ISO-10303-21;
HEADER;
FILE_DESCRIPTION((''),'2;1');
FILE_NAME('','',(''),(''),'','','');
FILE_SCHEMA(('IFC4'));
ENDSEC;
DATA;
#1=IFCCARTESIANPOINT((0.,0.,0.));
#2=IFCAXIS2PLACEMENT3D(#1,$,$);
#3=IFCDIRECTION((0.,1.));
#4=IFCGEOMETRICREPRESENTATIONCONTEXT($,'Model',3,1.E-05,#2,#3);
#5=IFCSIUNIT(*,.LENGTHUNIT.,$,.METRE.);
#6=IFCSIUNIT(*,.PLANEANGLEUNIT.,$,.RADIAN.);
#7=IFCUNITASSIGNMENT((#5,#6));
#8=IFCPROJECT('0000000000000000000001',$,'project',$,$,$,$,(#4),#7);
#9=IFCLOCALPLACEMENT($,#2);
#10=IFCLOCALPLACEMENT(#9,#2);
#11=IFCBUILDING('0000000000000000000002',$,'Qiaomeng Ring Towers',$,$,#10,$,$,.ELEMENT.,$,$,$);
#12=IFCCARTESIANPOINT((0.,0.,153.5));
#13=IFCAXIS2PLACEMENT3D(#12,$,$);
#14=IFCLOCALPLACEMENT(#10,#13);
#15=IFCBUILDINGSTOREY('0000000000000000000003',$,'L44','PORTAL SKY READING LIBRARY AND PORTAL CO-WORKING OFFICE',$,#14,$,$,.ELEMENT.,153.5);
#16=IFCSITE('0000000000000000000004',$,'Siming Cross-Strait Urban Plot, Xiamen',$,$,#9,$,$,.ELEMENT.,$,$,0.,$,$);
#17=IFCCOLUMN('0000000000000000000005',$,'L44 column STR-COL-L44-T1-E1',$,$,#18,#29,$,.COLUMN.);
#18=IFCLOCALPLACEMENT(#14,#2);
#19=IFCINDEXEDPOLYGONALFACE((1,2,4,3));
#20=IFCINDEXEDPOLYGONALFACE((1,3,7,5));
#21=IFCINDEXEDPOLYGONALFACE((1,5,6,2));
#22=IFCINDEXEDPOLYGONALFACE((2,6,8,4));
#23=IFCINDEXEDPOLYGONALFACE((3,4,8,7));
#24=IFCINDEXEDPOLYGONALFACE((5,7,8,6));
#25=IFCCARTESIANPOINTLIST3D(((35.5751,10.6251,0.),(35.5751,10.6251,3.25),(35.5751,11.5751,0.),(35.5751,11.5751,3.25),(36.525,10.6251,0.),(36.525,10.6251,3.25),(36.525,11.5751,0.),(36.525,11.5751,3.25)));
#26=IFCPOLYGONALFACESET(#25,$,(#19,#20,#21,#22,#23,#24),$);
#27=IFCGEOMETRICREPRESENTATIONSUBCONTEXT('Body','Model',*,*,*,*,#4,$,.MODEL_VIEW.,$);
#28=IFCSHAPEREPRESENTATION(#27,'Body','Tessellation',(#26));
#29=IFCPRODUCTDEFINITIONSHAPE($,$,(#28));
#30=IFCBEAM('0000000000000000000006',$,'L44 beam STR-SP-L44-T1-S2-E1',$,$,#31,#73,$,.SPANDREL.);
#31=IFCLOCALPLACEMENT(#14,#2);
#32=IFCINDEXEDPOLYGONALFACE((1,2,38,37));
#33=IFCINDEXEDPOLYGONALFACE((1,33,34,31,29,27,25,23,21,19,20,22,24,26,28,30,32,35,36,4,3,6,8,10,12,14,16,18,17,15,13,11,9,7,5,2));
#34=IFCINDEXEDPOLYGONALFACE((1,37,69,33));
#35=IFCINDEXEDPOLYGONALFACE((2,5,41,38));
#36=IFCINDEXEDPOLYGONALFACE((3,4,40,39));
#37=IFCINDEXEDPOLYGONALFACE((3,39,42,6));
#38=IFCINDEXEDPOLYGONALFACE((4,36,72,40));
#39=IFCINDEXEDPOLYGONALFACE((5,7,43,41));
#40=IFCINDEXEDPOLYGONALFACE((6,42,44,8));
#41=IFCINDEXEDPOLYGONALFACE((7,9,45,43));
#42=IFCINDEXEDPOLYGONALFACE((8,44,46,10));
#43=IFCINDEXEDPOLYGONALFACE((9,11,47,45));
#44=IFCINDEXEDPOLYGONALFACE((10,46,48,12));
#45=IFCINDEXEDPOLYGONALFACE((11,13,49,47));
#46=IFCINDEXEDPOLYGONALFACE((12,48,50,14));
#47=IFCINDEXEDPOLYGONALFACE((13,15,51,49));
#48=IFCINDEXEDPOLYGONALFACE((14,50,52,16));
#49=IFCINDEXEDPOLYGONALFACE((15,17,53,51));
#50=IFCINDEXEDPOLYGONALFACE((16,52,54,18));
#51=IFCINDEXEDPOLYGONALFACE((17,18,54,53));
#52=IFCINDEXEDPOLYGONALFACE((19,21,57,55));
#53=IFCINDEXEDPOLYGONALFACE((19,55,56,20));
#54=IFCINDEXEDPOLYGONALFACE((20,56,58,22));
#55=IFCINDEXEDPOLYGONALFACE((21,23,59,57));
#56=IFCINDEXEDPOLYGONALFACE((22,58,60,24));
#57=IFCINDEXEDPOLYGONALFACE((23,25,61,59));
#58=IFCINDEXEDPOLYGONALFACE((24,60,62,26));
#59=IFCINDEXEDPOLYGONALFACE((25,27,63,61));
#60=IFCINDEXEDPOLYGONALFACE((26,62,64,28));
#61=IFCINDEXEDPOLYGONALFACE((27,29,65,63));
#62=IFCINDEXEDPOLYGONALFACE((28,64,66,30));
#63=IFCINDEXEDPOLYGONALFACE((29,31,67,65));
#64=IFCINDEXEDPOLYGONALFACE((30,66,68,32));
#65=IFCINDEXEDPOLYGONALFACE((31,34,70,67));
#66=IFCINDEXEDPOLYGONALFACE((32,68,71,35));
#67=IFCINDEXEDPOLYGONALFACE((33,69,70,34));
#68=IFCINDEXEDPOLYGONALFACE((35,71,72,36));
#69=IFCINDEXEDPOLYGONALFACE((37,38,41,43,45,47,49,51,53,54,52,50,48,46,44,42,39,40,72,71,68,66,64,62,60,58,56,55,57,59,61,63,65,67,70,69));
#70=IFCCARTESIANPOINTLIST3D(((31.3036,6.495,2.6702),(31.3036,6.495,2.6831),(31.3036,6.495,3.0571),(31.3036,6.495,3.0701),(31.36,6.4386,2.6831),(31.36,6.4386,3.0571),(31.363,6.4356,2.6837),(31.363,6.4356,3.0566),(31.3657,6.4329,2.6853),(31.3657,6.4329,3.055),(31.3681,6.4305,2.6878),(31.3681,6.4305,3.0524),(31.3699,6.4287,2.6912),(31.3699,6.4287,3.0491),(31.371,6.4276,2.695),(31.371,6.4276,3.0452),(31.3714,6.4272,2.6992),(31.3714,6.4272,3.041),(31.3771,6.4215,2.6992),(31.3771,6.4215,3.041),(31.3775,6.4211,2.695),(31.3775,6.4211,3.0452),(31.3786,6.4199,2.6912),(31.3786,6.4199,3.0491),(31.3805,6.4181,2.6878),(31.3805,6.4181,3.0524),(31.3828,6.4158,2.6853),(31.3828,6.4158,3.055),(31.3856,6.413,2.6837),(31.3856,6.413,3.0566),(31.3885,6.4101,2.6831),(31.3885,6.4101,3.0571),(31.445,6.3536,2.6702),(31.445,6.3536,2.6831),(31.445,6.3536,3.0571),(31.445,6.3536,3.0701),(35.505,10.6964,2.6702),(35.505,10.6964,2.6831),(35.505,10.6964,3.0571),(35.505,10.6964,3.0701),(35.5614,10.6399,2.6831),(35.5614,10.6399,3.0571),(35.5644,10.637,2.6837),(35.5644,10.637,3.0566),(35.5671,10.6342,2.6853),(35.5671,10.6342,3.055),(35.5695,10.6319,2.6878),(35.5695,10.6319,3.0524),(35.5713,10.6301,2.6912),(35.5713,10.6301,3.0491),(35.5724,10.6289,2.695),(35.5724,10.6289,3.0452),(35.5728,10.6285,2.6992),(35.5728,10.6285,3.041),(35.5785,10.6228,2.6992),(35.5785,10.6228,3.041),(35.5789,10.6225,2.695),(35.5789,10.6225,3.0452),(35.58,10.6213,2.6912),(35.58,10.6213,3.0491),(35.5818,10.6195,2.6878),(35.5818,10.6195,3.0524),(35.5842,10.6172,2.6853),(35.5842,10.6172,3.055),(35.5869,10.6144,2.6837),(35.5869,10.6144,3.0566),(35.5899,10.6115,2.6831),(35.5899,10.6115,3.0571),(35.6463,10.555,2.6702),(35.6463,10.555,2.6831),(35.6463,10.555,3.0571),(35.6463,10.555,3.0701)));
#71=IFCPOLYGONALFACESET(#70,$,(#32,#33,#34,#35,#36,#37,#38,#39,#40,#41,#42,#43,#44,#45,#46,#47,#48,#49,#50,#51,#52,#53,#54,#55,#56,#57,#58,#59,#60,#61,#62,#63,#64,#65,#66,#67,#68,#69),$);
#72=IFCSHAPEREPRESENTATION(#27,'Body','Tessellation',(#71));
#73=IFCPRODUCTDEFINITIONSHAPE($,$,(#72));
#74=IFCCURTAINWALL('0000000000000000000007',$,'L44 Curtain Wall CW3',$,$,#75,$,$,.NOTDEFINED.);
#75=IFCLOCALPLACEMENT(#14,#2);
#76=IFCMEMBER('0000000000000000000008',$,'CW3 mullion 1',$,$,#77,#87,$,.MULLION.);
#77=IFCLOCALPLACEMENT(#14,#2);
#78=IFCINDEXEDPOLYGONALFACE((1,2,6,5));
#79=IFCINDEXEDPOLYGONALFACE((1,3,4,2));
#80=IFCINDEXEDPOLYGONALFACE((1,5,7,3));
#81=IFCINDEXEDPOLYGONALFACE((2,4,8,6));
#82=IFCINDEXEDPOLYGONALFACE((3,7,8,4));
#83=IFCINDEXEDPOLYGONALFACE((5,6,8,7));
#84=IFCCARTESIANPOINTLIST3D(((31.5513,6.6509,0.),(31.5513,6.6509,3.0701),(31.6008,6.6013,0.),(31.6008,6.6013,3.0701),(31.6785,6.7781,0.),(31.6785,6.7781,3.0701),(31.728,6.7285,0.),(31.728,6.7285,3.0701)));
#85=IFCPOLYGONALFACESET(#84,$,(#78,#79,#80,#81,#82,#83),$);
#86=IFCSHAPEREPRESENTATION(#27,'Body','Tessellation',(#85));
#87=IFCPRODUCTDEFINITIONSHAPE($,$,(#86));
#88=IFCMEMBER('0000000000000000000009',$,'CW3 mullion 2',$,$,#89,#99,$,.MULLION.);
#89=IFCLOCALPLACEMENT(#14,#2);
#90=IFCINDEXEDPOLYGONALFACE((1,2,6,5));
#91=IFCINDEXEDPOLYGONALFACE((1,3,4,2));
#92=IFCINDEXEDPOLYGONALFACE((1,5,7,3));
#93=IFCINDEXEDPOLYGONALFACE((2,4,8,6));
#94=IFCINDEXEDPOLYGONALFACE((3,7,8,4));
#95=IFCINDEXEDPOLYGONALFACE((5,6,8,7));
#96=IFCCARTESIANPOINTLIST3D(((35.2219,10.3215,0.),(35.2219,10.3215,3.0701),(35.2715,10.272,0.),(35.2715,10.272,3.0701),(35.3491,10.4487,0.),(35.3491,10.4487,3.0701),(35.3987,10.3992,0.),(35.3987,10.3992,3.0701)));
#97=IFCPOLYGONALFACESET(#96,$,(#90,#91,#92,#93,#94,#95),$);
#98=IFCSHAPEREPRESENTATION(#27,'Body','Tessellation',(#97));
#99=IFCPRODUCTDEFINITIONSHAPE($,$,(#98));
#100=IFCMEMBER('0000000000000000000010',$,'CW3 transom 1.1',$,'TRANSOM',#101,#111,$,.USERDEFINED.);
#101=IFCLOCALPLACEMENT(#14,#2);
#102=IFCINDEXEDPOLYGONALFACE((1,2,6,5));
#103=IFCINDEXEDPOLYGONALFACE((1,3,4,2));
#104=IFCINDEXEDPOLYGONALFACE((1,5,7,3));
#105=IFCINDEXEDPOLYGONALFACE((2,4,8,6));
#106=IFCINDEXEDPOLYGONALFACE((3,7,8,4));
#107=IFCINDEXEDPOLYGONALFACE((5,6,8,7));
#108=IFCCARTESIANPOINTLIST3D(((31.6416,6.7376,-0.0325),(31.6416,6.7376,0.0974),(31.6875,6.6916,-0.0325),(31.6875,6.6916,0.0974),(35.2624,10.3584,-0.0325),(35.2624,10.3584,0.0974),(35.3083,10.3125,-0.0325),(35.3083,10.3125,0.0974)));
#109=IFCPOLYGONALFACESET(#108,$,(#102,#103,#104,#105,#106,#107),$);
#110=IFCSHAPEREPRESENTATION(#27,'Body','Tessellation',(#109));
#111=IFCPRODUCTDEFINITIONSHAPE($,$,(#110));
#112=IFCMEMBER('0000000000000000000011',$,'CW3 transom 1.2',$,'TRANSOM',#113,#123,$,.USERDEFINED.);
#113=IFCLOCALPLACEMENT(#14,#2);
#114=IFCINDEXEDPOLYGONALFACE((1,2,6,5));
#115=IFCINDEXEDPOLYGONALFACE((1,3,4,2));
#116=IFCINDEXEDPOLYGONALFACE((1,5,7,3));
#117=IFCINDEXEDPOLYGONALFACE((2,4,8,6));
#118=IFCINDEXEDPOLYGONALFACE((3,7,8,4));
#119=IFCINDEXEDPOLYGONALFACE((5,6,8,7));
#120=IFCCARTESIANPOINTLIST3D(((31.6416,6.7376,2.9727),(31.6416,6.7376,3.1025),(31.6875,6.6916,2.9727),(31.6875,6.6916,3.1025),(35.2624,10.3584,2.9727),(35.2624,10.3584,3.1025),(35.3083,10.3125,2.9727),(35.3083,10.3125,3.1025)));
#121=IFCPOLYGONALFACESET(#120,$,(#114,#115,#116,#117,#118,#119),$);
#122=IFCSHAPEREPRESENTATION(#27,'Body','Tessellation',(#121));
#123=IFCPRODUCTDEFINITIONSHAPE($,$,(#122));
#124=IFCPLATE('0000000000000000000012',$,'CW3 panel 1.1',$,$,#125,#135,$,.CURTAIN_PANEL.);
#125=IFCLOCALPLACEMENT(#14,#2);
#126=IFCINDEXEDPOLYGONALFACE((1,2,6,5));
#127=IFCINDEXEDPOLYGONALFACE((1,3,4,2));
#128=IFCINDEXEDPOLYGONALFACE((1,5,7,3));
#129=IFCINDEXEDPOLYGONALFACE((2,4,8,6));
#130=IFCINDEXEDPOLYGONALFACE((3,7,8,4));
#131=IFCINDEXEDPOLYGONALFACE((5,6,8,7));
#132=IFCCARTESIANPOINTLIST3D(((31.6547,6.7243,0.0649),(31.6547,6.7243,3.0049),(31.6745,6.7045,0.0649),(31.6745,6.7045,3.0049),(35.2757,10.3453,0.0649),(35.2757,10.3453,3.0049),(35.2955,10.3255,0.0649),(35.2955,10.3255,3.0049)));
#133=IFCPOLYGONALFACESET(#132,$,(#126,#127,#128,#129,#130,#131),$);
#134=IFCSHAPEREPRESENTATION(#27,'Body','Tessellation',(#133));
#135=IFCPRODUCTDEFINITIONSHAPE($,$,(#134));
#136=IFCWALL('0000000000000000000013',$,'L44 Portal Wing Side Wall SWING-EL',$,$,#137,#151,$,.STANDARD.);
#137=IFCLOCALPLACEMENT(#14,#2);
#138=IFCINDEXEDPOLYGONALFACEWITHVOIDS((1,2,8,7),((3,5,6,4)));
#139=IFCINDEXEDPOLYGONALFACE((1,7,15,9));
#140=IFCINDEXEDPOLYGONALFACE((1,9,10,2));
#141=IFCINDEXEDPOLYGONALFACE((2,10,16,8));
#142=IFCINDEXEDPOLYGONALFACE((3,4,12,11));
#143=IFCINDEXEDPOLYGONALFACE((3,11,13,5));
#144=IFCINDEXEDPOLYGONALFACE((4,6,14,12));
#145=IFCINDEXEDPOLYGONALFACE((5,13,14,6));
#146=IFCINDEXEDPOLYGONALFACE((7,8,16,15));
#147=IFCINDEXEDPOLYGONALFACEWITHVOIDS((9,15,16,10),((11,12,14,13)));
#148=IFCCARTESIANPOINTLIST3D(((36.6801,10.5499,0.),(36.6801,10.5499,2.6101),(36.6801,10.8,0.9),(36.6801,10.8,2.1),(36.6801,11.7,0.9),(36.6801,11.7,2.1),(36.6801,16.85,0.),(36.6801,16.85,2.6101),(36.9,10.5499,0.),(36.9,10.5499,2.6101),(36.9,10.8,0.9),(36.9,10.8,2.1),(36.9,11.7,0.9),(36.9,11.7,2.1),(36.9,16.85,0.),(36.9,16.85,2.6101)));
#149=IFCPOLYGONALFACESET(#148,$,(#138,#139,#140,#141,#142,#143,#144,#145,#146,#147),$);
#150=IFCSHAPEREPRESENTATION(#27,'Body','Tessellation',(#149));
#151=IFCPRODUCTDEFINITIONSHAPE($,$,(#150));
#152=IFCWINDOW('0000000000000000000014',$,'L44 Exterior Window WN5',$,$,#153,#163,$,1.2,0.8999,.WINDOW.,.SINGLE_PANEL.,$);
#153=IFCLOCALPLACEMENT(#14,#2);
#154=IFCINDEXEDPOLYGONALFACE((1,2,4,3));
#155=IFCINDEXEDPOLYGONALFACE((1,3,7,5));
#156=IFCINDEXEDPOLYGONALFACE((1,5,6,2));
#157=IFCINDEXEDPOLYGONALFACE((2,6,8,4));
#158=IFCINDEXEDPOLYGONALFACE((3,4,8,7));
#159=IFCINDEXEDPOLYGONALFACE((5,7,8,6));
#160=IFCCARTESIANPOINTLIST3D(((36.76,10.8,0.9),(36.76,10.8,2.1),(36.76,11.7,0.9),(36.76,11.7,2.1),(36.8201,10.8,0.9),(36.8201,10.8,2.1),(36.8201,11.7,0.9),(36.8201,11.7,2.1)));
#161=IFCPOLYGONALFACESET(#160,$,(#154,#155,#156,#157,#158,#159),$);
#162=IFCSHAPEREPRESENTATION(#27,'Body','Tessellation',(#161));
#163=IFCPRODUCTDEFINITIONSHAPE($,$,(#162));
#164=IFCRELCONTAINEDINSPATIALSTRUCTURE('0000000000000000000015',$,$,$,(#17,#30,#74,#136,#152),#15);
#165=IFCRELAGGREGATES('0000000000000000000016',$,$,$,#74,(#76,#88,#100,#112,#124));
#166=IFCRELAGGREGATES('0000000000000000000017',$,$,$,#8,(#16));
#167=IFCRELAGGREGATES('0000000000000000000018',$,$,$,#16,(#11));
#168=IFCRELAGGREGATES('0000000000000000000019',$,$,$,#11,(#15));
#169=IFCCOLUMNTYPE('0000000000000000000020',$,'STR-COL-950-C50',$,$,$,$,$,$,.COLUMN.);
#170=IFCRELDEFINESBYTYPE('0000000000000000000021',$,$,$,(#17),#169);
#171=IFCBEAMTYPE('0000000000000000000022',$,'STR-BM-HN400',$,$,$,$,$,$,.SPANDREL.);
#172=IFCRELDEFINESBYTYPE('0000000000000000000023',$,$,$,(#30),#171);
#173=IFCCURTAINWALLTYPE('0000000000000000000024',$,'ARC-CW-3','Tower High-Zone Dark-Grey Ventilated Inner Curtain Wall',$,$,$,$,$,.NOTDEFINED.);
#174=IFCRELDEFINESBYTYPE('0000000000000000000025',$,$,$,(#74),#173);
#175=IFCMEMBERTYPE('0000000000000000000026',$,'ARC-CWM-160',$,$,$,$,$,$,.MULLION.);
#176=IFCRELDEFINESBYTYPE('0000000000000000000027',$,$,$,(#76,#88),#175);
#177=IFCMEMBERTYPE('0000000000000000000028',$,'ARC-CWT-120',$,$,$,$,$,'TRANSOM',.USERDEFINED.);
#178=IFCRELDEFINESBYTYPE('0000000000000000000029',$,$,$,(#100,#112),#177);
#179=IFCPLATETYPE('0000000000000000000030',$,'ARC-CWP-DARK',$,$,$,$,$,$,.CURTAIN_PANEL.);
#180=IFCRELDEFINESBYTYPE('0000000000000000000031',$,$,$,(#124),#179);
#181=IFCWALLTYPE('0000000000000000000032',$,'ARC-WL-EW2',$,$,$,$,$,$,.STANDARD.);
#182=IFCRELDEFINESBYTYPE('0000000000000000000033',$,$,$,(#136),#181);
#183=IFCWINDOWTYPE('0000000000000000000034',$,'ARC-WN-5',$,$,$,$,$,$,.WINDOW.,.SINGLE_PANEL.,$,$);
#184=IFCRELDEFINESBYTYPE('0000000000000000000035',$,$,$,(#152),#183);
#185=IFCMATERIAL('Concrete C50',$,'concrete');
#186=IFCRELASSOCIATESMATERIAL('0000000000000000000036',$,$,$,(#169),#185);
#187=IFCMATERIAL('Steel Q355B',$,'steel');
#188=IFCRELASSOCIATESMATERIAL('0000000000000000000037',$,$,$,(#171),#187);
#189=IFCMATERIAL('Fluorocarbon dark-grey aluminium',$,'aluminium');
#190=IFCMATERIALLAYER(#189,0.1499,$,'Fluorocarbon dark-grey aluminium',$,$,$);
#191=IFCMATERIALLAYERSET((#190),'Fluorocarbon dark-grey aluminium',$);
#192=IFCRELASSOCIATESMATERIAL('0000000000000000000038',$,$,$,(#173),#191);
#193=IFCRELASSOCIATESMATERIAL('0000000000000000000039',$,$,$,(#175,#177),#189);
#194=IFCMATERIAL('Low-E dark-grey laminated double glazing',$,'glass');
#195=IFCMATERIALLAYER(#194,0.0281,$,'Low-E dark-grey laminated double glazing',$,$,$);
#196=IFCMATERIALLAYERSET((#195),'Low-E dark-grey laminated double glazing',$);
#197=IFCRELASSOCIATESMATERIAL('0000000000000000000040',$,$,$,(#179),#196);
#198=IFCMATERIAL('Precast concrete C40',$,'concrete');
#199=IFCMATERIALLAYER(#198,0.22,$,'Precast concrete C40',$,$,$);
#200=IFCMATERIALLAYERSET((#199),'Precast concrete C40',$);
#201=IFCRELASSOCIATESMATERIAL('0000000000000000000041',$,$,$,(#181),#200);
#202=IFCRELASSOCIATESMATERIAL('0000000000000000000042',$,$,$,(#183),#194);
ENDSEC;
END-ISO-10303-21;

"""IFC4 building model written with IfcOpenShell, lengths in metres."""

from ifc_helpers import new_model, si_unit, direction, frame, frame_2d, origin, origin_2d, place, context, subcontext, project, spatial, rectangle, i_section, extrude, source, transform, mapped, material, layer, layer_set, material_profile, profile_set, type_object, element, fill, aggregate, save


model = new_model("IFC4")

# Units and contexts
model_context = context("Model", 3, precision=1e-05, world=origin(), true_north=direction((0.0, 1.0)))
body_context = subcontext(model_context, "Body", "Model", "MODEL_VIEW")
ifc_project = project(units=[si_unit("LENGTHUNIT", "METRE"), si_unit("PLANEANGLEUNIT", "RADIAN")], contexts=[model_context])

# Site, building, storey
site_placement = place(None, origin())
site = spatial("IfcSite", under=ifc_project, at=site_placement, Name="Siming Cross-Strait Urban Plot, Xiamen", CompositionType="ELEMENT", RefElevation=0.0)
building_placement = place(site_placement, origin())
building = spatial("IfcBuilding", under=site, at=building_placement, Name="Qiaomeng Ring Towers", CompositionType="ELEMENT")
storey_placement = place(building_placement, frame((0.0, 0.0, 153.5)))
storey = spatial("IfcBuildingStorey", under=building, at=storey_placement, Name="L44", Description="PORTAL SKY READING LIBRARY AND PORTAL CO-WORKING OFFICE", CompositionType="ELEMENT", Elevation=153.5)

# Column
ifc_material_1 = material(Name="Concrete C50", Category="concrete")
ifc_material_profile_1 = material_profile(ifc_material_1, rectangle(XDim=0.95, YDim=0.95, at=origin_2d()), Name="RC COL 950x950")
ifc_profile_set_1 = profile_set([ifc_material_profile_1], Name="Concrete C50")
column_type = type_object("IfcColumnType", Name="STR-COL-950-C50", PredefinedType="COLUMN", material=ifc_profile_set_1)
shared_shape_1 = source(origin(), body_context, "Body", "SweptSolid", [
    extrude(rectangle(XDim=0.95, YDim=0.95, at=origin_2d()), origin(), (0.0, 0.0, 1.0), 3.25),
])
column_placement = place(storey_placement, frame((36.05, 11.1001, 0.0), z_axis=(0.0, 0.0, 1.0), x_axis=(1.0, 0.0, 0.0)))
element("IfcColumn", 1, at=column_placement, inside=storey, type_object=column_type, Name="L44 column STR-COL-L44-T1-E1", PredefinedType="COLUMN", context=body_context, shape_type="MappedRepresentation", body=[
    mapped(shared_shape_1, transform((0.0, 0.0, 0.0), x_axis=(1.0, 0.0, 0.0), y_axis=(0.0, 1.0, 0.0), z_axis=(0.0, 0.0, 1.0), scale=1.0)),
])

# Beam
ifc_material_2 = material(Name="Steel Q355B", Category="steel")
ifc_material_profile_2 = material_profile(ifc_material_2, i_section(OverallWidth=0.2, OverallDepth=0.3999, WebThickness=0.0081, FlangeThickness=0.0129, FilletRadius=0.0161, at=origin_2d()), Name="HN 400x200x8x13")
ifc_profile_set_2 = profile_set([ifc_material_profile_2], Name="Steel Q355B")
beam_type = type_object("IfcBeamType", Name="STR-BM-HN400", PredefinedType="SPANDREL", material=ifc_profile_set_2)
shared_shape_2 = source(origin(), body_context, "Body", "SweptSolid", [
    extrude(i_section(OverallWidth=0.2, OverallDepth=0.3999, WebThickness=0.0081, FlangeThickness=0.0129, FilletRadius=0.0161, at=origin_2d()), origin(), (0.0, 0.0, 1.0), 5.9417),
])
beam_placement = place(storey_placement, frame((31.3743, 6.4243, 2.8701), z_axis=(0.707107, 0.707107, 0.0), x_axis=(-0.707107, 0.707107, 0.0)))
element("IfcBeam", 2, at=beam_placement, inside=storey, type_object=beam_type, Name="L44 beam STR-SP-L44-T1-S2-E1", PredefinedType="SPANDREL", context=body_context, shape_type="MappedRepresentation", body=[
    mapped(shared_shape_2, transform((0.0, 0.0, 0.0), x_axis=(1.0, 0.0, 0.0), y_axis=(0.0, 1.0, 0.0), z_axis=(0.0, 0.0, 1.0), scale=1.0)),
])

# Curtain wall, members, plate
ifc_material_3 = material(Name="Fluorocarbon dark-grey aluminium", Category="aluminium")
ifc_layer_1 = layer(ifc_material_3, 0.1499, Name="Fluorocarbon dark-grey aluminium")
ifc_layer_set_1 = layer_set([ifc_layer_1], Name="Fluorocarbon dark-grey aluminium")
curtain_wall_type = type_object("IfcCurtainWallType", Name="ARC-CW-3", Description="Tower High-Zone Dark-Grey Ventilated Inner Curtain Wall", PredefinedType="NOTDEFINED", material=ifc_layer_set_1)
curtain_wall_placement = place(storey_placement, origin())
curtain_wall = element("IfcCurtainWall", 3, at=curtain_wall_placement, inside=storey, type_object=curtain_wall_type, Name="L44 Curtain Wall CW3", PredefinedType="NOTDEFINED")
ifc_material_profile_3 = material_profile(ifc_material_3, rectangle(XDim=0.0701, YDim=0.1799, at=origin_2d()), Name="ALU MULL 70x180")
ifc_profile_set_3 = profile_set([ifc_material_profile_3], Name="Fluorocarbon dark-grey aluminium")
member_type_1 = type_object("IfcMemberType", Name="ARC-CWM-160", PredefinedType="MULLION", material=ifc_profile_set_3)
shared_shape_3 = source(origin(), body_context, "Body", "SweptSolid", [
    extrude(rectangle(XDim=0.0701, YDim=0.1799, at=origin_2d()), origin(), (0.0, 0.0, 1.0), 3.0701),
])
member_1_placement = place(storey_placement, frame((31.6396, 6.6897, 0.0), z_axis=(0.0, 0.0, 1.0), x_axis=(-0.707107, 0.707107, 0.0)))
member_1 = element("IfcMember", 4, at=member_1_placement, type_object=member_type_1, Name="CW3 mullion 1", PredefinedType="MULLION", context=body_context, shape_type="MappedRepresentation", body=[
    mapped(shared_shape_3, transform((0.0, 0.0, 0.0), x_axis=(1.0, 0.0, 0.0), y_axis=(0.0, 1.0, 0.0), z_axis=(0.0, 0.0, 1.0), scale=1.0)),
])
member_2_placement = place(storey_placement, frame((35.3103, 10.3604, 0.0), z_axis=(0.0, 0.0, 1.0), x_axis=(-0.707107, 0.707107, 0.0)))
member_2 = element("IfcMember", 5, at=member_2_placement, type_object=member_type_1, Name="CW3 mullion 2", PredefinedType="MULLION", context=body_context, shape_type="MappedRepresentation", body=[
    mapped(shared_shape_3, transform((0.0, 0.0, 0.0), x_axis=(1.0, 0.0, 0.0), y_axis=(0.0, 1.0, 0.0), z_axis=(0.0, 0.0, 1.0), scale=1.0)),
])
ifc_material_profile_4 = material_profile(ifc_material_3, rectangle(XDim=0.0649, YDim=0.1299, at=origin_2d()), Name="ALU TRAN 65x130")
ifc_profile_set_4 = profile_set([ifc_material_profile_4], Name="Fluorocarbon dark-grey aluminium")
member_type_2 = type_object("IfcMemberType", Name="ARC-CWT-120", ElementType="TRANSOM", PredefinedType="USERDEFINED", material=ifc_profile_set_4)
shared_shape_4 = source(origin(), body_context, "Body", "SweptSolid", [
    extrude(rectangle(XDim=0.0649, YDim=0.1299, at=origin_2d()), origin(), (0.0, 0.0, 1.0), 5.1206),
])
member_3_placement = place(storey_placement, frame((31.6646, 6.7146, 0.0325), z_axis=(0.707107, 0.707107, 0.0), x_axis=(-0.707107, 0.707107, 0.0)))
member_3 = element("IfcMember", 6, at=member_3_placement, type_object=member_type_2, Name="CW3 transom 1.1", ObjectType="TRANSOM", PredefinedType="USERDEFINED", context=body_context, shape_type="MappedRepresentation", body=[
    mapped(shared_shape_4, transform((0.0, 0.0, 0.0), x_axis=(1.0, 0.0, 0.0), y_axis=(0.0, 1.0, 0.0), z_axis=(0.0, 0.0, 1.0), scale=1.0)),
])
member_4_placement = place(storey_placement, frame((31.6646, 6.7146, 3.0376), z_axis=(0.707107, 0.707107, 0.0), x_axis=(-0.707107, 0.707107, 0.0)))
member_4 = element("IfcMember", 7, at=member_4_placement, type_object=member_type_2, Name="CW3 transom 1.2", ObjectType="TRANSOM", PredefinedType="USERDEFINED", context=body_context, shape_type="MappedRepresentation", body=[
    mapped(shared_shape_4, transform((0.0, 0.0, 0.0), x_axis=(1.0, 0.0, 0.0), y_axis=(0.0, 1.0, 0.0), z_axis=(0.0, 0.0, 1.0), scale=1.0)),
])
ifc_material_4 = material(Name="Low-E dark-grey laminated double glazing", Category="glass")
ifc_layer_2 = layer(ifc_material_4, 0.0281, Name="Low-E dark-grey laminated double glazing")
ifc_layer_set_2 = layer_set([ifc_layer_2], Name="Low-E dark-grey laminated double glazing")
plate_type = type_object("IfcPlateType", Name="ARC-CWP-DARK", PredefinedType="CURTAIN_PANEL", material=ifc_layer_set_2)
shared_shape_5 = source(origin(), body_context, "Body", "SweptSolid", [
    extrude(rectangle(XDim=5.1208, YDim=0.0281, at=origin_2d()), origin(), (0.0, 0.0, 1.0), 2.9399),
])
plate_placement = place(storey_placement, frame((33.4751, 8.5249, 0.0649), z_axis=(0.0, 0.0, 1.0), x_axis=(0.707107, 0.707107, 0.0)))
plate = element("IfcPlate", 8, at=plate_placement, type_object=plate_type, Name="CW3 panel 1.1", PredefinedType="CURTAIN_PANEL", context=body_context, shape_type="MappedRepresentation", body=[
    mapped(shared_shape_5, transform((0.0, 0.0, 0.0), x_axis=(1.0, 0.0, 0.0), y_axis=(0.0, 1.0, 0.0), z_axis=(0.0, 0.0, 1.0), scale=1.0)),
])
aggregate(curtain_wall, [member_1, member_2, member_3, member_4, plate])

# Wall, opening, window
ifc_material_5 = material(Name="Precast concrete C40", Category="concrete")
ifc_layer_3 = layer(ifc_material_5, 0.22, Name="Precast concrete C40")
ifc_layer_set_3 = layer_set([ifc_layer_3], Name="Precast concrete C40")
wall_type_1 = type_object("IfcWallType", Name="ARC-WL-EW2", PredefinedType="STANDARD", material=ifc_layer_set_3)
wall_1_placement = place(storey_placement, frame((36.79, 10.55, 0.0), z_axis=(0.0, 0.0, 1.0), x_axis=(0.0, 1.0, 0.0)))
wall_1 = element("IfcWall", 9, at=wall_1_placement, inside=storey, type_object=wall_type_1, Name="L44 Portal Wing Side Wall SWING-EL", PredefinedType="STANDARD", context=body_context, shape_type="SweptSolid", body=[
    extrude(rectangle(XDim=6.3, YDim=0.22, at=frame_2d((3.1499, 0.0))), origin(), (0.0, 0.0, 1.0), 2.6101),
])
opening_1_placement = place(wall_1_placement, frame((0.25, 0.0, 0.8999)))
opening_1 = element("IfcOpeningElement", 10, at=opening_1_placement, cuts=wall_1, PredefinedType="OPENING", context=body_context, shape_type="SweptSolid", body=[
    extrude(rectangle(XDim=0.8999, YDim=1.2, at=frame_2d((0.45, 0.6001))), frame((0.0, 0.1199, 0.0), z_axis=(0.0, -1.0, 0.0), x_axis=(1.0, 0.0, 0.0)), (0.0, 0.0, 1.0), 0.24),
])
window_type = type_object("IfcWindowType", Name="ARC-WN-5", PartitioningType="SINGLE_PANEL", PredefinedType="WINDOW", material=ifc_material_4)
shared_shape_6 = source(origin(), body_context, "Body", "SweptSolid", [
    extrude(rectangle(XDim=0.8999, YDim=1.2, at=frame_2d((0.45, 0.6001))), frame((0.0, 0.03, 0.0), z_axis=(0.0, -1.0, 0.0), x_axis=(1.0, 0.0, 0.0)), (0.0, 0.0, 1.0), 0.0601),
])
window_placement = place(opening_1_placement, origin())
window = element("IfcWindow", 11, at=window_placement, inside=storey, type_object=window_type, Name="L44 Exterior Window WN5", OverallHeight=1.2, OverallWidth=0.8999, PartitioningType="SINGLE_PANEL", PredefinedType="WINDOW", context=body_context, shape_type="MappedRepresentation", body=[
    mapped(shared_shape_6, transform((0.0, 0.0, 0.0), x_axis=(1.0, 0.0, 0.0), y_axis=(0.0, 1.0, 0.0), z_axis=(0.0, 0.0, 1.0), scale=1.0)),
])
fill(opening_1, window)

save(model, "model.ifc")
